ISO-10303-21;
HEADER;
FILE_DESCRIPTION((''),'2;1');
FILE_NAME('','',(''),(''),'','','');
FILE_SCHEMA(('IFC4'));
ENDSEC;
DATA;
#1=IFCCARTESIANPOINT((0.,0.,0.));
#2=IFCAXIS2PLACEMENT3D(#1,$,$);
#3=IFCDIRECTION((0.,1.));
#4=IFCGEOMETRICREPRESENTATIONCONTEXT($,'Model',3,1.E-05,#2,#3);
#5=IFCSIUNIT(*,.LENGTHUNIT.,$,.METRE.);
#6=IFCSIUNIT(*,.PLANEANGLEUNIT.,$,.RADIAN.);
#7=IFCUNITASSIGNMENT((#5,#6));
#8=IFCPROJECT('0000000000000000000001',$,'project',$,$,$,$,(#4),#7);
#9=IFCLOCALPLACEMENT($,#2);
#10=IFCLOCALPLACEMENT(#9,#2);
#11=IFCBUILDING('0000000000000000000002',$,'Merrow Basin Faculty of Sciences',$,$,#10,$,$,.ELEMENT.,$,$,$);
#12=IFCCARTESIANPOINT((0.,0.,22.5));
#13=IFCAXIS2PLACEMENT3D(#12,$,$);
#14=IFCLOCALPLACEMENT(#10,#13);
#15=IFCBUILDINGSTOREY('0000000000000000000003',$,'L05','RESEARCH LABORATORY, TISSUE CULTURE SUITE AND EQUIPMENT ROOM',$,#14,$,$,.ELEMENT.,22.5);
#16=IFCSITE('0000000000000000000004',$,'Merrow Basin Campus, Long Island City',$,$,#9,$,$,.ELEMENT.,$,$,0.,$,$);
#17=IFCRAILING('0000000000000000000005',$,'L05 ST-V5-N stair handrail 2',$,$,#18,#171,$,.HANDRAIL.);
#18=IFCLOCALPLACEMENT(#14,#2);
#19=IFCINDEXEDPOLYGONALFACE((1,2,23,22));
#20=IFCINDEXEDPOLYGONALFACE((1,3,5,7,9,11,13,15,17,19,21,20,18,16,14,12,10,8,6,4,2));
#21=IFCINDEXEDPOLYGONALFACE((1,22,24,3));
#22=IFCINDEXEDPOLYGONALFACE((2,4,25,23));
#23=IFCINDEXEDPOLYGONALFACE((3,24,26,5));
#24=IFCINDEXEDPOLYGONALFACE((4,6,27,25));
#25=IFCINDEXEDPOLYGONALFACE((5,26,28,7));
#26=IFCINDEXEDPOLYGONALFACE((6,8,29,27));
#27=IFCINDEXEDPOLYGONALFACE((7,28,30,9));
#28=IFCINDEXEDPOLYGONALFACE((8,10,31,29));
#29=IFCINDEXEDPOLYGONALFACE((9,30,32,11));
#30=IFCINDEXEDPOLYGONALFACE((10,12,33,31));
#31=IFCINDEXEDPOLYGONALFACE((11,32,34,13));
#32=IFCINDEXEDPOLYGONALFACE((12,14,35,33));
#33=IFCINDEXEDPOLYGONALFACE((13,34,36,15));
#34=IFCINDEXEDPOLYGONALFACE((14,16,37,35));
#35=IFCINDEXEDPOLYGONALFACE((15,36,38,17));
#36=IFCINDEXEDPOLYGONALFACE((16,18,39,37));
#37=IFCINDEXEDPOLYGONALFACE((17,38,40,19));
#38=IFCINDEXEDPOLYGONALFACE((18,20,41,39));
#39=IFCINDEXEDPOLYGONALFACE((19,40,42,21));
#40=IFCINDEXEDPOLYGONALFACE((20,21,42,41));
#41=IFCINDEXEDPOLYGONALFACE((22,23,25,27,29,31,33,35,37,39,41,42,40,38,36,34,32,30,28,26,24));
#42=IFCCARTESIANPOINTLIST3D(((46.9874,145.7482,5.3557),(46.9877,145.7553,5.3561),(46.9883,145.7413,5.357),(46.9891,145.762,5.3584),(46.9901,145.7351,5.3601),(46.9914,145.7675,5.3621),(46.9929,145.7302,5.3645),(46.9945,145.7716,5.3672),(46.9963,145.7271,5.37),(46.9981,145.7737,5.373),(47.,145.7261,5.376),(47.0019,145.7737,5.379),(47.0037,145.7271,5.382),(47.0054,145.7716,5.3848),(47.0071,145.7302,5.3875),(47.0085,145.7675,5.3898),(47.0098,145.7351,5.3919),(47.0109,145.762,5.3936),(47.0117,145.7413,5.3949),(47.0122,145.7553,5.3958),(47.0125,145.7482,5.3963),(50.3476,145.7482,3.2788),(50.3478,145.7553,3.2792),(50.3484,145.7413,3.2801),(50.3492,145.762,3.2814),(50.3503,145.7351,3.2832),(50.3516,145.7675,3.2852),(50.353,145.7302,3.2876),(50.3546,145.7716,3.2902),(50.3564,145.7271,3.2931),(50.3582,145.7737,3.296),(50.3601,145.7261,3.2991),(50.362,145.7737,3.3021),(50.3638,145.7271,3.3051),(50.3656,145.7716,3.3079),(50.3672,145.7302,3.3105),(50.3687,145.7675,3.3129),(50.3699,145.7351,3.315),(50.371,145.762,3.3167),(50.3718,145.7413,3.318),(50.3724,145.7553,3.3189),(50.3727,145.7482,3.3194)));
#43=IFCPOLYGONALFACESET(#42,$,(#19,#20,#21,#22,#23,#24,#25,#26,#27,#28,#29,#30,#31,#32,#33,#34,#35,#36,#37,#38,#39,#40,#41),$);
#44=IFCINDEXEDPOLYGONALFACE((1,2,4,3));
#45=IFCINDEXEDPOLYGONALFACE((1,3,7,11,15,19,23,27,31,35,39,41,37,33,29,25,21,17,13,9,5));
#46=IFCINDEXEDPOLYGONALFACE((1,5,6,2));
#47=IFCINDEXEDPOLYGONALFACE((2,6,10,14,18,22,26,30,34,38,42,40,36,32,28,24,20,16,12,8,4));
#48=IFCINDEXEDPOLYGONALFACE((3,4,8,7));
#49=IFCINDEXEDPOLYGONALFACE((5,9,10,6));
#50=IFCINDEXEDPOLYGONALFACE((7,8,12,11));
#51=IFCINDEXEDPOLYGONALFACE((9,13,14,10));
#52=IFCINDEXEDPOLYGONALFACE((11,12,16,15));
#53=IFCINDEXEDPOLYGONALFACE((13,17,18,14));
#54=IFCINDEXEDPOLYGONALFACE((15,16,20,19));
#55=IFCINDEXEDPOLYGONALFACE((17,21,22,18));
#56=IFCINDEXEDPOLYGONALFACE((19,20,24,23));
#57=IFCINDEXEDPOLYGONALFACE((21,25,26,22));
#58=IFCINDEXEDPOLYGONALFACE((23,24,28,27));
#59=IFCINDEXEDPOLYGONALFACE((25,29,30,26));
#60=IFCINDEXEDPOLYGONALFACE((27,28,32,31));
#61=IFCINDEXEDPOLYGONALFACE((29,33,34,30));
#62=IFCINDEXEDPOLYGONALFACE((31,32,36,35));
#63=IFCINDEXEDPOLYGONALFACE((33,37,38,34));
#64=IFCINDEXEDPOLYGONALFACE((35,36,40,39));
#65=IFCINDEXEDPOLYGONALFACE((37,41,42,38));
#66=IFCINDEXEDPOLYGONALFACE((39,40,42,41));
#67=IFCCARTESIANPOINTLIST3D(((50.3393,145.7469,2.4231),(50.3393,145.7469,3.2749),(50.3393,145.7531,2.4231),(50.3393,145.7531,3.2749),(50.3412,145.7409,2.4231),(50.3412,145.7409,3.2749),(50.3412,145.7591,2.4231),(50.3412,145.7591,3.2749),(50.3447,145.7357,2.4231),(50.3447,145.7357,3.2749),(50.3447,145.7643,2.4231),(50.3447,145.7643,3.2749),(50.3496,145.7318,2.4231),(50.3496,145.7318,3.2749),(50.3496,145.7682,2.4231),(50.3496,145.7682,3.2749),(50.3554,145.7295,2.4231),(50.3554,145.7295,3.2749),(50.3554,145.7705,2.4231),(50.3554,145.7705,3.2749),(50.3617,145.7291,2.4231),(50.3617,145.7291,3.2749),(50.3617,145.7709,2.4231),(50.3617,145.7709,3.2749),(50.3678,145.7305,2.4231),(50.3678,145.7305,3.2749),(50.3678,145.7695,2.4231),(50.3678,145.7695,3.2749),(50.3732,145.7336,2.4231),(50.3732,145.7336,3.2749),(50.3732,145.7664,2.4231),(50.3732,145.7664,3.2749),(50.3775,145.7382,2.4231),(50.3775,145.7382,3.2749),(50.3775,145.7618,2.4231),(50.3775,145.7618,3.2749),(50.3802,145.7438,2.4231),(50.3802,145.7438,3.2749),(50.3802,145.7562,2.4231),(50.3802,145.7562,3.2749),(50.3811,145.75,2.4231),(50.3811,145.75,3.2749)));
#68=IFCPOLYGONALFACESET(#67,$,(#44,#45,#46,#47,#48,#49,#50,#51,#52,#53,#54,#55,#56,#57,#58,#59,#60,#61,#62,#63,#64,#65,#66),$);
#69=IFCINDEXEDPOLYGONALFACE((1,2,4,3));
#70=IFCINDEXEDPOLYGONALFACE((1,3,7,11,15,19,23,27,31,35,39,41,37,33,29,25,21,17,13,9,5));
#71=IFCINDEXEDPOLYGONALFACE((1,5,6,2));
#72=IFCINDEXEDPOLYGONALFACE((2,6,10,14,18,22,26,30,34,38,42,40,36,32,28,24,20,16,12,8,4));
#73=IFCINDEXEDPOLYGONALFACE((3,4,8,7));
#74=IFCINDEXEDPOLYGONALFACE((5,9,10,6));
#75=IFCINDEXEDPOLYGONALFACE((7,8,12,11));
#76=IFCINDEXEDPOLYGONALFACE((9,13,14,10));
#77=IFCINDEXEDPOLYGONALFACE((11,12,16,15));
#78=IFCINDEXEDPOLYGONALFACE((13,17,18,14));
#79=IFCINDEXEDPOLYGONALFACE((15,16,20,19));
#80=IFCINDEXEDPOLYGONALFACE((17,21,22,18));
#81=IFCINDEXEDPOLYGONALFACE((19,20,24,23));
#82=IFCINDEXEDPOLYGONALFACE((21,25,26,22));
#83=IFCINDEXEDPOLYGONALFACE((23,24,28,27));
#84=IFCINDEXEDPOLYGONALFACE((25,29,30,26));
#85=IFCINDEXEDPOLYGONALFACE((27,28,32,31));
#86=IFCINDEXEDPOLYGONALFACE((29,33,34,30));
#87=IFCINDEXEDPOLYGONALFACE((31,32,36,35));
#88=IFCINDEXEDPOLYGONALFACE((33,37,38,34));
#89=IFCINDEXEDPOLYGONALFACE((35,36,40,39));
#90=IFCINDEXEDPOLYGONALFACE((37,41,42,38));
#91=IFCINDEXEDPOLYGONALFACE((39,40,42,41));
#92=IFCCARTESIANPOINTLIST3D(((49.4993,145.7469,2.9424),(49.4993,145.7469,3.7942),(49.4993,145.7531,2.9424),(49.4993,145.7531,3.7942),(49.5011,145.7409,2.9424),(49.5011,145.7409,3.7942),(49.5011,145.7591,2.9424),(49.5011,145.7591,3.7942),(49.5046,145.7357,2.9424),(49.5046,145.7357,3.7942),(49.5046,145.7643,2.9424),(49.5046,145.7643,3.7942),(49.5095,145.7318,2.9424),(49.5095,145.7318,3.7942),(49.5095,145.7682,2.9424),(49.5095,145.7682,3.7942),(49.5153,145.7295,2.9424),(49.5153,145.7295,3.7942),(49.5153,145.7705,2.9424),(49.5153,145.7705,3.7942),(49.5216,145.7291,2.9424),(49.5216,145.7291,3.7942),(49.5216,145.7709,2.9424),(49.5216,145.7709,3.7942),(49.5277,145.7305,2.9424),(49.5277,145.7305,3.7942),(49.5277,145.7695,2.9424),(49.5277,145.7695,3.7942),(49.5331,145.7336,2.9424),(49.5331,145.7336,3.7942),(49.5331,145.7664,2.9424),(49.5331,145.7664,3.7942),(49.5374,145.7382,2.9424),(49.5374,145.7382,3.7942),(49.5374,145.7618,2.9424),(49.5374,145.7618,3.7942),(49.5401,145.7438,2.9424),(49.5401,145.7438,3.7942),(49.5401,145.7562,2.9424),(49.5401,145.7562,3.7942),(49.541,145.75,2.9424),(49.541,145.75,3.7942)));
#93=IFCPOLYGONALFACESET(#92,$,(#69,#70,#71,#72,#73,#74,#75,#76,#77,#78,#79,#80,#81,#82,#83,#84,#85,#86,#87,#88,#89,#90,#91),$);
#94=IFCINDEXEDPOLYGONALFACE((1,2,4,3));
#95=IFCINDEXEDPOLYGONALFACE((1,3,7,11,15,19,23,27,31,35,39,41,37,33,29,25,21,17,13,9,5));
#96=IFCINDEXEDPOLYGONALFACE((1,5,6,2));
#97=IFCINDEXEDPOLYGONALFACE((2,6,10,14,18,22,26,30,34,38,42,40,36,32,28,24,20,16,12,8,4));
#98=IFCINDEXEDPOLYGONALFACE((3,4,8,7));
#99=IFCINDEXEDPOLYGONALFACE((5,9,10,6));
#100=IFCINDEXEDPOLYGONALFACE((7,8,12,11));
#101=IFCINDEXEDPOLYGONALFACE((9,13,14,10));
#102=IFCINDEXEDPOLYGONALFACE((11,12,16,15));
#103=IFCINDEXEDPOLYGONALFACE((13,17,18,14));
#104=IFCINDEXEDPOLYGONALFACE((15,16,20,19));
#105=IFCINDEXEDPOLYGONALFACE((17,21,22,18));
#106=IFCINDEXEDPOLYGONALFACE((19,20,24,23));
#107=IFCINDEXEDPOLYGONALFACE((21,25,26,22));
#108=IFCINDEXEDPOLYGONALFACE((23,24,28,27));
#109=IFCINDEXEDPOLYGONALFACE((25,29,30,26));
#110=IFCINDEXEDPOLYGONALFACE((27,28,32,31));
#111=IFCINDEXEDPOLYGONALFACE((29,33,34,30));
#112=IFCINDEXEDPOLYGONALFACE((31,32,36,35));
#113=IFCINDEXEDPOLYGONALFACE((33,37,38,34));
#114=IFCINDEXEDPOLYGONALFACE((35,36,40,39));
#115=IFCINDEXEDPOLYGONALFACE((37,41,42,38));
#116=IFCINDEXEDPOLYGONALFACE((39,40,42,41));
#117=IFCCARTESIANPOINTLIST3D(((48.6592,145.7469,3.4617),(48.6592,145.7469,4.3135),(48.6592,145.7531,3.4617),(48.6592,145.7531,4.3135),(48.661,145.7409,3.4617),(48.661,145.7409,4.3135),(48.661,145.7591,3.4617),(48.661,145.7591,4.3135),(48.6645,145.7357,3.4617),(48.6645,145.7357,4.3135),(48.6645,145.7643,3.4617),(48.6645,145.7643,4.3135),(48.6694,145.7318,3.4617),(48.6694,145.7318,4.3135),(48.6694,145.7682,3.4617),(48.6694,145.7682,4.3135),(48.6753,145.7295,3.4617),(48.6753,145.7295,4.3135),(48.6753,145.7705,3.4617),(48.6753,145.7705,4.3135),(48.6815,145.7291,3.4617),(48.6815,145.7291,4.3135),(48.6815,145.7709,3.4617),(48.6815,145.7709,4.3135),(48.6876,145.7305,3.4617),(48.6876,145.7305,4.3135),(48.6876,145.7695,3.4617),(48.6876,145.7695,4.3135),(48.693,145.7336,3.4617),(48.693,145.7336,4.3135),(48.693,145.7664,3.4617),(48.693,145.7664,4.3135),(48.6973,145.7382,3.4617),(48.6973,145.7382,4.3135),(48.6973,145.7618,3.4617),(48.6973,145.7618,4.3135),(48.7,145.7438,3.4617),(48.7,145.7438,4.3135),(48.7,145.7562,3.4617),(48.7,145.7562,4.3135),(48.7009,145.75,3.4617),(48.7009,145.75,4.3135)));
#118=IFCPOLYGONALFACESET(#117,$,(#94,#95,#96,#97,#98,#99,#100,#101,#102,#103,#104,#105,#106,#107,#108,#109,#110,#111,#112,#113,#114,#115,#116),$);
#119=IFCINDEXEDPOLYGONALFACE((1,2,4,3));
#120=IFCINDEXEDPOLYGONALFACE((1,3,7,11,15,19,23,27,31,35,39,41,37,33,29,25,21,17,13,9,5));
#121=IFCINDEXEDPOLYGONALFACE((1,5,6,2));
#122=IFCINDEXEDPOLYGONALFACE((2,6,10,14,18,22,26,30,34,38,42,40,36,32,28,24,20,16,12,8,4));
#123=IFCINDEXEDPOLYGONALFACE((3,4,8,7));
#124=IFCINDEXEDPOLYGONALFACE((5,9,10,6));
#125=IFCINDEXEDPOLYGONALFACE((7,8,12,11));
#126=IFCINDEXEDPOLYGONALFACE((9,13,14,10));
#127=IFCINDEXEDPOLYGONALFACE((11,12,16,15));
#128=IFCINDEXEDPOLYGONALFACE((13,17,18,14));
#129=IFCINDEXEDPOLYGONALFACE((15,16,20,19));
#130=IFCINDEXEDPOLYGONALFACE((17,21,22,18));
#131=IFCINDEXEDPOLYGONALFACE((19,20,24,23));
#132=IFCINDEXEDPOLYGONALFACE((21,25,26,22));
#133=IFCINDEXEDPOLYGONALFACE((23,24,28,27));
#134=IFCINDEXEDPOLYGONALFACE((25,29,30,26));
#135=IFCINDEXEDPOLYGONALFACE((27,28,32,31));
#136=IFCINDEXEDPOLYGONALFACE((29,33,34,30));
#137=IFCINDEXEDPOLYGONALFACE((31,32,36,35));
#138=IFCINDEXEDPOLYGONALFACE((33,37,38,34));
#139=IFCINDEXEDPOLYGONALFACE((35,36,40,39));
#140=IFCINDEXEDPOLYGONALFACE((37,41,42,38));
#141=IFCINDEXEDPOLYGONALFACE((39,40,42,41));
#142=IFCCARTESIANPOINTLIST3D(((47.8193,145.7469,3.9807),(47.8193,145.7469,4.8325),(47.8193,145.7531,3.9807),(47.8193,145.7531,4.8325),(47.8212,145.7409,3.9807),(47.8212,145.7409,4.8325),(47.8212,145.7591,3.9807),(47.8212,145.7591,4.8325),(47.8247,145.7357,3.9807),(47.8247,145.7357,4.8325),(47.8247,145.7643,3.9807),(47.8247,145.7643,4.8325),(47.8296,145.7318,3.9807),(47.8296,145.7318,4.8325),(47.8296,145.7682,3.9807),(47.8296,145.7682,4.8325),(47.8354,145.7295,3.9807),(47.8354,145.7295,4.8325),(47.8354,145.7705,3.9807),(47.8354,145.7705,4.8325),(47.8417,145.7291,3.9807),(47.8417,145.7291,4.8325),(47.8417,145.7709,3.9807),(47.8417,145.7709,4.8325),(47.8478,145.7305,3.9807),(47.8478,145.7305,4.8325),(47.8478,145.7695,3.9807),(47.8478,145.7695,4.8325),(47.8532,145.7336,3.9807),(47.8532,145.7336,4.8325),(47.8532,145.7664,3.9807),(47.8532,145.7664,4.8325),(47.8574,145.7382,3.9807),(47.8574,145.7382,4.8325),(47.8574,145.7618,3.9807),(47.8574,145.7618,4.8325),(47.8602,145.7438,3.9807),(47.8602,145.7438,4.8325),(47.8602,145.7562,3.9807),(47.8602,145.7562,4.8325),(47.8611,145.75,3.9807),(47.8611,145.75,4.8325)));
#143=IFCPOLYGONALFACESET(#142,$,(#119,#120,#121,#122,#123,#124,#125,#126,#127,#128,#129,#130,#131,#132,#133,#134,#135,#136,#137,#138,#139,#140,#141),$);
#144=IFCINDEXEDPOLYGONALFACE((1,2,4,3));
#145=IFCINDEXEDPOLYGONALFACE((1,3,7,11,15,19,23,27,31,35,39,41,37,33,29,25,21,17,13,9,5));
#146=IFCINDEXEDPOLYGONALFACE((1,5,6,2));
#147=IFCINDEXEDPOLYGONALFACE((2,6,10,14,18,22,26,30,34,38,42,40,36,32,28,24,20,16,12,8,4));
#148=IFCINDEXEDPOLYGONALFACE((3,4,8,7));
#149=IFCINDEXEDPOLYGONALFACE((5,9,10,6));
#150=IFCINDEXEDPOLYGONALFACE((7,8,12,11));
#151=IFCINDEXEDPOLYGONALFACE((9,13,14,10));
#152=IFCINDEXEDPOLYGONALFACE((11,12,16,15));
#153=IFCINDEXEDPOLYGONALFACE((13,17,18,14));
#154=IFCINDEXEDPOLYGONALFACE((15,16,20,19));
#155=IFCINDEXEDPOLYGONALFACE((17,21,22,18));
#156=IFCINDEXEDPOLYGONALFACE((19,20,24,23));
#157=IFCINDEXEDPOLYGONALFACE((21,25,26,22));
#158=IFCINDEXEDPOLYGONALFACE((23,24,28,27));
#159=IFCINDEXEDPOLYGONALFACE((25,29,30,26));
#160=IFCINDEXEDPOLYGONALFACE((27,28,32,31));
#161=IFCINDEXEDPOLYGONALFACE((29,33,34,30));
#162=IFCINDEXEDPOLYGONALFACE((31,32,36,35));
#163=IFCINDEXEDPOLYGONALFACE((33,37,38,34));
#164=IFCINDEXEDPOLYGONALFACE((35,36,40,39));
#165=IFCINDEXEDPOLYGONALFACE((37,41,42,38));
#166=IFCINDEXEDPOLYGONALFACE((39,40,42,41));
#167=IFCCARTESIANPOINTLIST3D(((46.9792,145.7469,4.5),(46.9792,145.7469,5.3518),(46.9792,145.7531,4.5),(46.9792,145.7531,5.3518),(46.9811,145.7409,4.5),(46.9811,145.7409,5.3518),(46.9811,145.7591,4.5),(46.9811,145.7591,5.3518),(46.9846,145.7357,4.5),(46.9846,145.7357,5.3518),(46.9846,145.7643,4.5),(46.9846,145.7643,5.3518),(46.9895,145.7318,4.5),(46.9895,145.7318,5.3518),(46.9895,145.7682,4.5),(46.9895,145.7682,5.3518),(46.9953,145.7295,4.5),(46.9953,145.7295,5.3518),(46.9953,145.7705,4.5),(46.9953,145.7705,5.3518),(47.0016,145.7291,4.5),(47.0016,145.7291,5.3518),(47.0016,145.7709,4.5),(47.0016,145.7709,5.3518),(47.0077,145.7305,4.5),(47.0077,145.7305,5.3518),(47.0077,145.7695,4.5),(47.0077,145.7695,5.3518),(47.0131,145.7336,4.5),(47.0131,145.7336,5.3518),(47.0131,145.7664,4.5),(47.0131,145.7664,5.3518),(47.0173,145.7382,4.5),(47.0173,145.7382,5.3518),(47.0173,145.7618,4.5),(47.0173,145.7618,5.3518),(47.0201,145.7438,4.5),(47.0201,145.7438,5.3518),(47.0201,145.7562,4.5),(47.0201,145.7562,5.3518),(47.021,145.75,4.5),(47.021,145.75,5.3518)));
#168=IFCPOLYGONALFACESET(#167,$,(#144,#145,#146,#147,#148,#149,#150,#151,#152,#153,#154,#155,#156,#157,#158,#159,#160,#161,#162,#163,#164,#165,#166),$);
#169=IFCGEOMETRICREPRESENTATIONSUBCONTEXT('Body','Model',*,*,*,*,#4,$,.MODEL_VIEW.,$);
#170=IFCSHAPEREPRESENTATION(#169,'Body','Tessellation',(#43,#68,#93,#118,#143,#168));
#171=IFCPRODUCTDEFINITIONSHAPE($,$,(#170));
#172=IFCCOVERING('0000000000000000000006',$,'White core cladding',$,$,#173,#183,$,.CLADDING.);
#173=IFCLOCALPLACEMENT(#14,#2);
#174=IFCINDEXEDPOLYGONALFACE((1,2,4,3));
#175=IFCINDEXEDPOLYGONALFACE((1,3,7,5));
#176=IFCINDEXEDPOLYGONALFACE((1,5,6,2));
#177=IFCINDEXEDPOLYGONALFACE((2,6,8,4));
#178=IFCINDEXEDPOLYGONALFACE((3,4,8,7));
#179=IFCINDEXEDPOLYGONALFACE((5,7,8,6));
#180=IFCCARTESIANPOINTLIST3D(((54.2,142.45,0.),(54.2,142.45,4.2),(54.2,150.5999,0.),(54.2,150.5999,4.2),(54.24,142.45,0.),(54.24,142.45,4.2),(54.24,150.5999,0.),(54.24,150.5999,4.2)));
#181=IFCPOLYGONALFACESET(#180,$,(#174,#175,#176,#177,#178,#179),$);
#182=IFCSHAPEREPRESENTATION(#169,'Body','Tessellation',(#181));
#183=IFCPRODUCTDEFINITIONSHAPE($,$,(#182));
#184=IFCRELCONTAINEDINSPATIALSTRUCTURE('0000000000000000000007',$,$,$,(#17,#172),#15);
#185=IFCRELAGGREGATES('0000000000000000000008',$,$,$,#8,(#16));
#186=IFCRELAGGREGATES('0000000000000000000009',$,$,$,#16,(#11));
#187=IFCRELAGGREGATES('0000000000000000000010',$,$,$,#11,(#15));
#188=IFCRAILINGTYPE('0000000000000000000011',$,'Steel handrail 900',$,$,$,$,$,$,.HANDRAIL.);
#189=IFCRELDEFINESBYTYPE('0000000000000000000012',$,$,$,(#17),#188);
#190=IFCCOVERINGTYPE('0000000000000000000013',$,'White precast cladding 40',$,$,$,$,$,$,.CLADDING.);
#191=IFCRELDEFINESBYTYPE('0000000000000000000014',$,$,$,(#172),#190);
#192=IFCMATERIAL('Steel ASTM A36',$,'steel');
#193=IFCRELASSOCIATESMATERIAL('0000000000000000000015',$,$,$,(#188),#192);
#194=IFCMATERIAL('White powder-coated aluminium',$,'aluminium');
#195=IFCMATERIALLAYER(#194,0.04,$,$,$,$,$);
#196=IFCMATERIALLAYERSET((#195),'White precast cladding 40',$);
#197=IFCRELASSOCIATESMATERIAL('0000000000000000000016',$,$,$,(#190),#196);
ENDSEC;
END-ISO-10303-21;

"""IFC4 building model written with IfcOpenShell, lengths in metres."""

from ifc_helpers import new_model, si_unit, direction, frame, origin, origin_2d, place, context, subcontext, project, spatial, rectangle, circle, extrude, material, layer, layer_set, type_object, element, save


model = new_model("IFC4")

# Units and contexts
model_context = context("Model", 3, precision=1e-05, world=origin(), true_north=direction((0.0, 1.0)))
body_context = subcontext(model_context, "Body", "Model", "MODEL_VIEW")
ifc_project = project(units=[si_unit("LENGTHUNIT", "METRE"), si_unit("PLANEANGLEUNIT", "RADIAN")], contexts=[model_context])

# Site, building, storey
site_placement = place(None, origin())
site = spatial("IfcSite", under=ifc_project, at=site_placement, Name="Merrow Basin Campus, Long Island City", CompositionType="ELEMENT", RefElevation=0.0)
building_placement = place(site_placement, origin())
building = spatial("IfcBuilding", under=site, at=building_placement, Name="Merrow Basin Faculty of Sciences", CompositionType="ELEMENT")
storey_placement = place(building_placement, frame((0.0, 0.0, 22.5)))
storey = spatial("IfcBuildingStorey", under=building, at=storey_placement, Name="L05", Description="RESEARCH LABORATORY, TISSUE CULTURE SUITE AND EQUIPMENT ROOM", CompositionType="ELEMENT", Elevation=22.5)

# Railing
ifc_material_1 = material(Name="Steel ASTM A36", Category="steel")
railing_type_1 = type_object("IfcRailingType", Name="Steel handrail 900", PredefinedType="HANDRAIL", material=ifc_material_1)
railing_1_placement = place(storey_placement, frame((50.3601, 145.75, 2.4231)))
element("IfcRailing", 1, at=railing_1_placement, inside=storey, type_object=railing_type_1, Name="L05 ST-V5-N stair handrail 2", PredefinedType="HANDRAIL", context=body_context, shape_type="SweptSolid", body=[
    extrude(circle(Radius=0.0239, at=origin_2d()), frame((0.0, 0.0, 0.876), z_axis=(-0.850623, 0.0, 0.525776), x_axis=(0.0, -1.0, 0.0)), (0.0, 0.0, 1.0), 3.9502),
    extrude(circle(Radius=0.021, at=origin_2d()), origin(), (0.0, 0.0, 1.0), 0.8518),
    extrude(circle(Radius=0.021, at=origin_2d()), frame((-0.8401, 0.0, 0.5193)), (0.0, 0.0, 1.0), 0.8518),
    extrude(circle(Radius=0.021, at=origin_2d()), frame((-1.6802, 0.0, 1.0386)), (0.0, 0.0, 1.0), 0.8518),
    extrude(circle(Radius=0.021, at=origin_2d()), frame((-2.52, 0.0, 1.5576)), (0.0, 0.0, 1.0), 0.8518),
    extrude(circle(Radius=0.021, at=origin_2d()), frame((-3.3601, 0.0, 2.0769)), (0.0, 0.0, 1.0), 0.8518),
])

# Covering
ifc_material_2 = material(Name="White powder-coated aluminium", Category="aluminium")
ifc_layer_1 = layer(ifc_material_2, 0.04)
ifc_layer_set_1 = layer_set([ifc_layer_1], Name="White precast cladding 40")
covering_type = type_object("IfcCoveringType", Name="White precast cladding 40", PredefinedType="CLADDING", material=ifc_layer_set_1)
covering_placement = place(storey_placement, frame((54.22, 146.5249, 0.0), z_axis=(0.0, 0.0, 1.0), x_axis=(1.0, 0.0, 0.0)))
element("IfcCovering", 2, at=covering_placement, inside=storey, type_object=covering_type, Name="White core cladding", PredefinedType="CLADDING", context=body_context, shape_type="SweptSolid", body=[
    extrude(rectangle(XDim=0.04, YDim=8.1499, at=origin_2d()), origin(), (0.0, 0.0, 1.0), 4.2),
])

save(model, "model.ifc")
